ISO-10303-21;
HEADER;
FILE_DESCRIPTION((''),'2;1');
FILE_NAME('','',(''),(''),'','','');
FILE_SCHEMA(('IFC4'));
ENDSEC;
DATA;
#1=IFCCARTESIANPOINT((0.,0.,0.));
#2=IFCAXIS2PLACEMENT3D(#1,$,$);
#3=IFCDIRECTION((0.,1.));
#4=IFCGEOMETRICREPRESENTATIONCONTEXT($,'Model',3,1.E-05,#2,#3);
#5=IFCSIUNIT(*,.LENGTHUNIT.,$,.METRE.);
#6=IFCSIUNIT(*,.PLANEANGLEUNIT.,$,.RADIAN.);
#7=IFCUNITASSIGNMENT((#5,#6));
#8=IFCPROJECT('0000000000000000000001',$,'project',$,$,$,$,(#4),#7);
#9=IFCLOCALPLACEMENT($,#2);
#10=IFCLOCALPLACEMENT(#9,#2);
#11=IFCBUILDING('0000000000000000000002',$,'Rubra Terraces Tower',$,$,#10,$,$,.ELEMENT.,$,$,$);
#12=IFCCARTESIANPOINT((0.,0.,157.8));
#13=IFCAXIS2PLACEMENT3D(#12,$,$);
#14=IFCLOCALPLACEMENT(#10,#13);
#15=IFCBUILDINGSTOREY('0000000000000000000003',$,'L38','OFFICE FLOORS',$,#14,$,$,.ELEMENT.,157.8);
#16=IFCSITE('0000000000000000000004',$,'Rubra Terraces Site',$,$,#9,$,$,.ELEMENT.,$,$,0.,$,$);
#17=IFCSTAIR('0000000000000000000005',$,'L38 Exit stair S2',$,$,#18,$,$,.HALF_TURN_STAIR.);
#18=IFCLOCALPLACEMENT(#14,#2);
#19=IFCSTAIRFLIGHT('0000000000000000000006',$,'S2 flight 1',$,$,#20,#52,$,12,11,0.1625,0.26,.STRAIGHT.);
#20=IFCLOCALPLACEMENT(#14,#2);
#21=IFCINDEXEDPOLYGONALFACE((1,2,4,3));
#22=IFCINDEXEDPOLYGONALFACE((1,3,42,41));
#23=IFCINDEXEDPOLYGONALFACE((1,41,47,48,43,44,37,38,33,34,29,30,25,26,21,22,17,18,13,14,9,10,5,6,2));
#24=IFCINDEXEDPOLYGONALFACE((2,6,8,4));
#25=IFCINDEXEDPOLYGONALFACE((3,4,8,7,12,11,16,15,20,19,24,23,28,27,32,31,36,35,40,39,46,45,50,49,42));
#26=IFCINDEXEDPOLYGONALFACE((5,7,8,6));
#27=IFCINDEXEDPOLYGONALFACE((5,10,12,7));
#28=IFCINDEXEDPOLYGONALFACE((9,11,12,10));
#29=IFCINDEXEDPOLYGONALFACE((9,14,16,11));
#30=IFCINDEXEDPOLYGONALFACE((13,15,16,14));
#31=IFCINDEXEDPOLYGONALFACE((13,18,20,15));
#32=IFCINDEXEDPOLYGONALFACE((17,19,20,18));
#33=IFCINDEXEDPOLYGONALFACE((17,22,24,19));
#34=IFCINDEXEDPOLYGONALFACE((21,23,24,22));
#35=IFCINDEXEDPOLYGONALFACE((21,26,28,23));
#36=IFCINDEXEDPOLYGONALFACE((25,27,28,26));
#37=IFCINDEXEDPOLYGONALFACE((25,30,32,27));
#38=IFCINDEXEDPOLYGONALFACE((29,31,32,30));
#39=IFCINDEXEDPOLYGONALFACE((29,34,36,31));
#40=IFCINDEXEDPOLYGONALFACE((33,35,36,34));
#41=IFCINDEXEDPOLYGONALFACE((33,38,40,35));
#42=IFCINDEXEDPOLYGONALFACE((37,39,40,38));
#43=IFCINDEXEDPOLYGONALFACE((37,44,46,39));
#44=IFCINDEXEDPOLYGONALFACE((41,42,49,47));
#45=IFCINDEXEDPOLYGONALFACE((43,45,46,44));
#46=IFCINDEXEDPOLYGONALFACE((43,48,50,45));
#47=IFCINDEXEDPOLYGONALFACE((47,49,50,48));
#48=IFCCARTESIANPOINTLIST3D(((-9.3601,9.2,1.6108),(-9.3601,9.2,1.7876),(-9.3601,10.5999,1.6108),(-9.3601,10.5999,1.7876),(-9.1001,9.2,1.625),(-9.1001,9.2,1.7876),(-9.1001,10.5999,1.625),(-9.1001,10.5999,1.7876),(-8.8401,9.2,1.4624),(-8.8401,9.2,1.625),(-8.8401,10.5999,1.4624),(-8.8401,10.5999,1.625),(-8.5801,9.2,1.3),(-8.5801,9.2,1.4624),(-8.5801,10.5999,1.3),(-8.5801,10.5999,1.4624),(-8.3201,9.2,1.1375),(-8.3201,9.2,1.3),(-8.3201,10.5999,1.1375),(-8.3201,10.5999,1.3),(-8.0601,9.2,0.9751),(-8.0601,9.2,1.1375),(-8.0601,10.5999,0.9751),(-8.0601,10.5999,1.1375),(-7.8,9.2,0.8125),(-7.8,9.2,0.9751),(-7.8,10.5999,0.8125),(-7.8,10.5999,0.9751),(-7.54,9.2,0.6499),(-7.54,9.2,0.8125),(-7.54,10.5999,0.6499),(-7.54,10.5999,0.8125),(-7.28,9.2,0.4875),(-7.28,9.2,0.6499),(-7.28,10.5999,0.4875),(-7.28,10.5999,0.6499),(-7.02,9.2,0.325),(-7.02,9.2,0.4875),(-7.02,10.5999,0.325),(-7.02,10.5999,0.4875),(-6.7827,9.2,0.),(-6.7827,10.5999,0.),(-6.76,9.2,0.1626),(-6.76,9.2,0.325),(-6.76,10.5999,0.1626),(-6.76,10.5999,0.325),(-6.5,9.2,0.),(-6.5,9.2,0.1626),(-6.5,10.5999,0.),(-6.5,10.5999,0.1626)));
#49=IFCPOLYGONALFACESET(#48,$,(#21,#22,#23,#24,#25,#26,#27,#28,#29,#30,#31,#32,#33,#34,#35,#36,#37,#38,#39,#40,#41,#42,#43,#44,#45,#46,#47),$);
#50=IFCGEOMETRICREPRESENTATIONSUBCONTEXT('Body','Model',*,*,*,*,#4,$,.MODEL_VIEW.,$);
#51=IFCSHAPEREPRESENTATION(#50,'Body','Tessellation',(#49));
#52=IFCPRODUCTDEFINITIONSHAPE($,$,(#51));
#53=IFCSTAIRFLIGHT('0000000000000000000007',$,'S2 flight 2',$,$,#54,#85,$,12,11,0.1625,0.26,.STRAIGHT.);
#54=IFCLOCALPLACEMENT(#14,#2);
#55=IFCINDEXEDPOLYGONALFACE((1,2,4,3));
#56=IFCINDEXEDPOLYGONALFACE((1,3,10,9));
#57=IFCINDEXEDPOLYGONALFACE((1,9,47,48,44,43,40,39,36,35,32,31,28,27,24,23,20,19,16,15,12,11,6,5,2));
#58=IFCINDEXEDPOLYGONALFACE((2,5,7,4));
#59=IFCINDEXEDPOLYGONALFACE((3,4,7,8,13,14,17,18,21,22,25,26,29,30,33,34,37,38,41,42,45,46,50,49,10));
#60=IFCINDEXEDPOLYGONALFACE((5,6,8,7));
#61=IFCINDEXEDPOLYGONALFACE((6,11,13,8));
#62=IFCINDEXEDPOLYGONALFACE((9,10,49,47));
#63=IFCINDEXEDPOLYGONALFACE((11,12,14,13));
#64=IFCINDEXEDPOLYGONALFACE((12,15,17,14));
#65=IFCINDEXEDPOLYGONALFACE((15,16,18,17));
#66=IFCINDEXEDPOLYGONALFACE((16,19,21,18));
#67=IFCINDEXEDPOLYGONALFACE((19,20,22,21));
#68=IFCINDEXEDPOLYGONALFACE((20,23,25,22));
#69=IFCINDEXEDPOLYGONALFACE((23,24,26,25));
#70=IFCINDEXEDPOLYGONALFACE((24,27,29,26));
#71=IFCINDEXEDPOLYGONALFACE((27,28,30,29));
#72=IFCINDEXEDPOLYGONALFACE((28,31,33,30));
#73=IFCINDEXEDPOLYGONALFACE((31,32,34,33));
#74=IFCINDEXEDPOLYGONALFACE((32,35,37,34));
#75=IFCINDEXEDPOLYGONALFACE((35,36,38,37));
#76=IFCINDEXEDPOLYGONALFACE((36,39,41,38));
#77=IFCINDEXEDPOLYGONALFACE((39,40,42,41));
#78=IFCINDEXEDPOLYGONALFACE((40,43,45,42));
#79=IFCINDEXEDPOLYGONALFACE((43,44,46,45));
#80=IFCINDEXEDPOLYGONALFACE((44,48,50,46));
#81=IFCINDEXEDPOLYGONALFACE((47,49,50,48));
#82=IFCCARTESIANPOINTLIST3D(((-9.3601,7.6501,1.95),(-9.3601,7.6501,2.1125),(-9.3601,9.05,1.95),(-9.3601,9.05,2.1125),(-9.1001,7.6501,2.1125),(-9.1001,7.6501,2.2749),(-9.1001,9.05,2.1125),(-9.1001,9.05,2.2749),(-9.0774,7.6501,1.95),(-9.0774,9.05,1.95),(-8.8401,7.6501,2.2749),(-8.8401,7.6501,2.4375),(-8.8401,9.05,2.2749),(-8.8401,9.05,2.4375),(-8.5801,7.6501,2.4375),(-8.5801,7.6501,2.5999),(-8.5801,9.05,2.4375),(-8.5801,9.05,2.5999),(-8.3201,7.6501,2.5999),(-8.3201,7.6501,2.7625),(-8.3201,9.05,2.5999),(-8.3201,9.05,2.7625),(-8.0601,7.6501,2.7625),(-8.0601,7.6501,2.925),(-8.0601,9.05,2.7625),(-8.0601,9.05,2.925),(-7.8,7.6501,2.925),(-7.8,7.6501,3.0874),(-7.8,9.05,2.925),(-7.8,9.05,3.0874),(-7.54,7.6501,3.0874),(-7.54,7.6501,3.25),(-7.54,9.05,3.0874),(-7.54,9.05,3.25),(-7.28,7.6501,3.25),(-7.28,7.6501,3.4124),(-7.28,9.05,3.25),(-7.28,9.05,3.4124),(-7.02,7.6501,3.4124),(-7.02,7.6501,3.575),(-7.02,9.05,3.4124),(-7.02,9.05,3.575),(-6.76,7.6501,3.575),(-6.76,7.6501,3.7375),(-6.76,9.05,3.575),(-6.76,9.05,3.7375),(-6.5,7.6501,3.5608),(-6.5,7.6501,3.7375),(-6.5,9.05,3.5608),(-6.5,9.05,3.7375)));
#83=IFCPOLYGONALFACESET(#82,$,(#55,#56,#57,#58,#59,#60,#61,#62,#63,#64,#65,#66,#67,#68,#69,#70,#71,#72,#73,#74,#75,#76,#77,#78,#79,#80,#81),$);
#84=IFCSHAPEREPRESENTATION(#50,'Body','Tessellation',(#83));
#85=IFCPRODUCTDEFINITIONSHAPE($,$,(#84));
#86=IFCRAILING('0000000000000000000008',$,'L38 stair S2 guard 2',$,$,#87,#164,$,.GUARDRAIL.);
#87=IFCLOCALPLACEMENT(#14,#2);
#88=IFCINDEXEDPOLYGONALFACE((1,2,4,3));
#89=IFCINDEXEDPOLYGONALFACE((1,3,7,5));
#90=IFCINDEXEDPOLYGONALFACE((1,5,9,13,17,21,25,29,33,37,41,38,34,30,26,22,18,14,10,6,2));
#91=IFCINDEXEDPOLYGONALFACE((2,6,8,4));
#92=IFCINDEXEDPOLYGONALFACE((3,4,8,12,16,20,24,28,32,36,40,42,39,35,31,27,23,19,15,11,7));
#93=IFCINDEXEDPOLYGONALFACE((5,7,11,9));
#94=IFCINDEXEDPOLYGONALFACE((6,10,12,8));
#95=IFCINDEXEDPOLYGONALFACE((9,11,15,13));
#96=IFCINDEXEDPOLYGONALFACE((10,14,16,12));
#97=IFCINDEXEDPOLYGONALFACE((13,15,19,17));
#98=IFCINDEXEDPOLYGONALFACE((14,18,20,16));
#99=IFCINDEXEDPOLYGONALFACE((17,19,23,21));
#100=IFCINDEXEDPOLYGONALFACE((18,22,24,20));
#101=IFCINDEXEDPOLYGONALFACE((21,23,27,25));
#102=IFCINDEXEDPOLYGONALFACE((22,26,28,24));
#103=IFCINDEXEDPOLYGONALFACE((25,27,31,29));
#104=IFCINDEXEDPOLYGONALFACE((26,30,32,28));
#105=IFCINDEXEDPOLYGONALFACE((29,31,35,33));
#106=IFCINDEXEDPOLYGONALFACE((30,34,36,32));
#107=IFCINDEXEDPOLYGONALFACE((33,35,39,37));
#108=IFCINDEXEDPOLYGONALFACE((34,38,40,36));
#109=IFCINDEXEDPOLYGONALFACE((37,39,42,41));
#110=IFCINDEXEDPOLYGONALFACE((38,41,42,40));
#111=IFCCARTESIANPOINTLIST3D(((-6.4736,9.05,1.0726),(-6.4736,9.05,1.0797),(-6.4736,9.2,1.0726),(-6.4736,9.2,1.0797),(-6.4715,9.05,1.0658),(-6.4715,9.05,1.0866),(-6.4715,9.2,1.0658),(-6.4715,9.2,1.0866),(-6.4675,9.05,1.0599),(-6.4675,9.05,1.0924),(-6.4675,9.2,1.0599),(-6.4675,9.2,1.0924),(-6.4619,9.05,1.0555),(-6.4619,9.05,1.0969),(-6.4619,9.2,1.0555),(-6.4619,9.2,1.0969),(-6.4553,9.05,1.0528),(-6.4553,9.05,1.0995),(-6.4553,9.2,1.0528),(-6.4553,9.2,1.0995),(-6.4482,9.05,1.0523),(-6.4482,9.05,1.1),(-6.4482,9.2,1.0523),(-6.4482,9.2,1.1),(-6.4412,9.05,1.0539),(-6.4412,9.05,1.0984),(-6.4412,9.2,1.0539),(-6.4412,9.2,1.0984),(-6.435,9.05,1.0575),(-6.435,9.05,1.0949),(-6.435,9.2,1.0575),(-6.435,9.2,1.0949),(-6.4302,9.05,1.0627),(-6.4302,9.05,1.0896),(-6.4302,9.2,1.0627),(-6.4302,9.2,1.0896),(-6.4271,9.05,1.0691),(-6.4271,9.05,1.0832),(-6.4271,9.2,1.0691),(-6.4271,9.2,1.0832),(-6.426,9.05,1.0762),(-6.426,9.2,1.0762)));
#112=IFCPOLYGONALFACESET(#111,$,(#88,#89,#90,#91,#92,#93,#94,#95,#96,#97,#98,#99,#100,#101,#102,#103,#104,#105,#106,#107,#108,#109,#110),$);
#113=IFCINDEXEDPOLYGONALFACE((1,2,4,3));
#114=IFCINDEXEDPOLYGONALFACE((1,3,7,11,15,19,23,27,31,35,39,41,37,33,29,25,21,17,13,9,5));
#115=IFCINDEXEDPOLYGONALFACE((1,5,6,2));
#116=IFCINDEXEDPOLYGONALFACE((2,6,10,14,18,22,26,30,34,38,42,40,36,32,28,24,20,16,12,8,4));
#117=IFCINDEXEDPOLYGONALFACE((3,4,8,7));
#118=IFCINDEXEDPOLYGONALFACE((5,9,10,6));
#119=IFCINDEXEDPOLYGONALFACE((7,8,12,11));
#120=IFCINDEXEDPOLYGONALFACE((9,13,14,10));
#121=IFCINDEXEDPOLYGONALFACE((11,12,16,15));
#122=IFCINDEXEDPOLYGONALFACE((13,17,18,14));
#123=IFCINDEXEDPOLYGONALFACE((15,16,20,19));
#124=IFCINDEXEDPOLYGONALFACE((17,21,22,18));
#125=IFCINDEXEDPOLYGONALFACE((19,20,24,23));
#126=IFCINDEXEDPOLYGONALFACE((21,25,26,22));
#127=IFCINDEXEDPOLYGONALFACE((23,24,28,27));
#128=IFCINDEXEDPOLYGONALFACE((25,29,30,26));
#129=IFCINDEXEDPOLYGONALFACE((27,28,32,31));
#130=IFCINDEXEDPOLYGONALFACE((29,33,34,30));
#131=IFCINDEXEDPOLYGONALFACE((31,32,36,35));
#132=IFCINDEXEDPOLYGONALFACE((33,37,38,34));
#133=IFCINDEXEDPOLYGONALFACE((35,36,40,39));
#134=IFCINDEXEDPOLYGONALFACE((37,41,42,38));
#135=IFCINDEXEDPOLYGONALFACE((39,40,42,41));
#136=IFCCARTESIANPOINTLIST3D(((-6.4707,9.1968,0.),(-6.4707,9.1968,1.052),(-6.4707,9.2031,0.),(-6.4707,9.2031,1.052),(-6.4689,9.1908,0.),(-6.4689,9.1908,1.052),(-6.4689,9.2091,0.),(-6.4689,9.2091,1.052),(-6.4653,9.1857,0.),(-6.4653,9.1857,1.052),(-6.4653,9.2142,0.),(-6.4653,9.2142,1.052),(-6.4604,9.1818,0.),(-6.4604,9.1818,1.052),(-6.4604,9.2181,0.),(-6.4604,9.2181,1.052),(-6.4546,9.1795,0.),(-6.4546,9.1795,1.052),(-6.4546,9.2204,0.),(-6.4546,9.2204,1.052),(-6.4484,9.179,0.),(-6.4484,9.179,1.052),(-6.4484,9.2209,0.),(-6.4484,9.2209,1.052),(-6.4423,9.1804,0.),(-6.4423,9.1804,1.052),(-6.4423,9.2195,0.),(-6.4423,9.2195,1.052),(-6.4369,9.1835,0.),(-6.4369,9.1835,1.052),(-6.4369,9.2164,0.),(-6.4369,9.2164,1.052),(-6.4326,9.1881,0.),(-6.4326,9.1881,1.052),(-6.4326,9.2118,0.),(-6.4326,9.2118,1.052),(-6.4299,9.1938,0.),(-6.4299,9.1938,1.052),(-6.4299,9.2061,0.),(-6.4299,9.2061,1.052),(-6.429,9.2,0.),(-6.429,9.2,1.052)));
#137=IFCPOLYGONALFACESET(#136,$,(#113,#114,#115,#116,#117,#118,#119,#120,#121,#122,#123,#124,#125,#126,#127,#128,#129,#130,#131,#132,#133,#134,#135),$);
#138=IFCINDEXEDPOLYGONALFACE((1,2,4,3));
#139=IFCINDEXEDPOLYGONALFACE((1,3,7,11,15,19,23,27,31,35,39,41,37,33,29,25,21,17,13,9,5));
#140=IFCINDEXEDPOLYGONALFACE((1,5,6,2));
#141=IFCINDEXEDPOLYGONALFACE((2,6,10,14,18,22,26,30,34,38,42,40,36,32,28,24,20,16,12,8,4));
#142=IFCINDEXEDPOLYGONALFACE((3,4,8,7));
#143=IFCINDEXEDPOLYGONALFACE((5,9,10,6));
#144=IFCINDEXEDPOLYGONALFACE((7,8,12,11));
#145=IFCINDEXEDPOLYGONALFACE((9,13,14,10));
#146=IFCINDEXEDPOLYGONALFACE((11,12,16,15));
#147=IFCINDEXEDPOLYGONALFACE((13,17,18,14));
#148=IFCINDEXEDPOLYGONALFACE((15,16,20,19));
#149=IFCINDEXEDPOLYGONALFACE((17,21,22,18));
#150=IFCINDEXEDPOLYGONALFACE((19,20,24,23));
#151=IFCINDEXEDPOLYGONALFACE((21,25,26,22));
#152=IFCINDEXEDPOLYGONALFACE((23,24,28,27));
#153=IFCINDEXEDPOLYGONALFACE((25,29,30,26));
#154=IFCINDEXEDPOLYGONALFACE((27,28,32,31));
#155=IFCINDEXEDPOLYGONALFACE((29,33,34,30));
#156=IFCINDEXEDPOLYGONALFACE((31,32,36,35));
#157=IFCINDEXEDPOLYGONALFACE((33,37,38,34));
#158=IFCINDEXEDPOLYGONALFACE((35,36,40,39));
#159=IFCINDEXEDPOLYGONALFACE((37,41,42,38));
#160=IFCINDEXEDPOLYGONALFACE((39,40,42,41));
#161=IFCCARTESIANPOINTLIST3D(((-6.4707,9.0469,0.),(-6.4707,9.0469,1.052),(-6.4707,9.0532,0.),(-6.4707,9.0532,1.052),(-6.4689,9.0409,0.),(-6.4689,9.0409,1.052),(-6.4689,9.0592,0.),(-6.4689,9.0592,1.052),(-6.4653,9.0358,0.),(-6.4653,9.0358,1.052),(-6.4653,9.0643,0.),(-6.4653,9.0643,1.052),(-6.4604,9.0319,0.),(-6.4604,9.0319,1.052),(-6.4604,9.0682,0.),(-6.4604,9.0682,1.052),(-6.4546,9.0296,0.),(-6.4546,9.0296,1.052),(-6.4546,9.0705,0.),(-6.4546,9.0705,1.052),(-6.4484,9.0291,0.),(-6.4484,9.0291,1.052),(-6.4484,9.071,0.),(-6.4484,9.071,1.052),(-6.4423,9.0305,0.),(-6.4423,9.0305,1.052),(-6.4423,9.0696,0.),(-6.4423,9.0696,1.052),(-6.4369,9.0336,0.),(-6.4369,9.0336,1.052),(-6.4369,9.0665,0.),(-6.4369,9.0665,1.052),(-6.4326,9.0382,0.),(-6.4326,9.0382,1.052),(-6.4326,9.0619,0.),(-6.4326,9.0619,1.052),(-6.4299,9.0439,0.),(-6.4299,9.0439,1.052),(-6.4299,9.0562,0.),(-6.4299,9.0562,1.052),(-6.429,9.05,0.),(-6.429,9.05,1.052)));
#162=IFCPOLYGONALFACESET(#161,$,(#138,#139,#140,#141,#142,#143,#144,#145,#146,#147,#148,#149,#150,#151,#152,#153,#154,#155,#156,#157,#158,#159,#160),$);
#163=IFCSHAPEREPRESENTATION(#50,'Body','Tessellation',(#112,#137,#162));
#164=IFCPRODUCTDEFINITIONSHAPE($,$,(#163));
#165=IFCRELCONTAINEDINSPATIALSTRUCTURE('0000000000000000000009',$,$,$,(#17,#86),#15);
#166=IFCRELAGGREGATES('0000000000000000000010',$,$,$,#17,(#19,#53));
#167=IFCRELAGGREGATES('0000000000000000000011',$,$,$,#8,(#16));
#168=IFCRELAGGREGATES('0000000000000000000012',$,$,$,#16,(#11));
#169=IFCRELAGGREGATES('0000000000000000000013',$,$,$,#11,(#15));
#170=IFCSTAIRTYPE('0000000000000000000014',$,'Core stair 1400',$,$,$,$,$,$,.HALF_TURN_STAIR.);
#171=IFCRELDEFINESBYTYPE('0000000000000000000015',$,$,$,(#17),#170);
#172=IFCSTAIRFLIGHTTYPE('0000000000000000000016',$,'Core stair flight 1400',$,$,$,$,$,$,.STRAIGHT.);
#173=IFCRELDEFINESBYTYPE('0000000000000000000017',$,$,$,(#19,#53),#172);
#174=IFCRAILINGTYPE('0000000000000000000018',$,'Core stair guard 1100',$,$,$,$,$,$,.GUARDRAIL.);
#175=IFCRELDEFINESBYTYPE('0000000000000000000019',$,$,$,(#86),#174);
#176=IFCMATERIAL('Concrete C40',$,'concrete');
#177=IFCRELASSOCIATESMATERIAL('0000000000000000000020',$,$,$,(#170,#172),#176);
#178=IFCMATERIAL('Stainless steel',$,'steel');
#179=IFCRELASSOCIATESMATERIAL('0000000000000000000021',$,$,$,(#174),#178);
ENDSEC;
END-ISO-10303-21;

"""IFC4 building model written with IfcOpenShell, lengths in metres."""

from ifc_helpers import new_model, si_unit, direction, frame, origin, origin_2d, place, context, subcontext, project, spatial, polyline, circle, outline, extrude, material, type_object, element, aggregate, save


model = new_model("IFC4")

# Units and contexts
model_context = context("Model", 3, precision=1e-05, world=origin(), true_north=direction((0.0, 1.0)))
body_context = subcontext(model_context, "Body", "Model", "MODEL_VIEW")
ifc_project = project(units=[si_unit("LENGTHUNIT", "METRE"), si_unit("PLANEANGLEUNIT", "RADIAN")], contexts=[model_context])

# Site, building, storey
site_placement = place(None, origin())
site = spatial("IfcSite", under=ifc_project, at=site_placement, Name="Rubra Terraces Site", CompositionType="ELEMENT", RefElevation=0.0)
building_placement = place(site_placement, origin())
building = spatial("IfcBuilding", under=site, at=building_placement, Name="Rubra Terraces Tower", CompositionType="ELEMENT")
storey_placement = place(building_placement, frame((0.0, 0.0, 157.8)))
storey = spatial("IfcBuildingStorey", under=building, at=storey_placement, Name="L38", Description="OFFICE FLOORS", CompositionType="ELEMENT", Elevation=157.8)

# Shared definitions
ifc_material_1 = material(Name="Concrete C40", Category="concrete")

# Stair, stair flights
stair_type = type_object("IfcStairType", Name="Core stair 1400", PredefinedType="HALF_TURN_STAIR", material=ifc_material_1)
stair_placement = place(storey_placement, origin())
stair = element("IfcStair", 1, at=stair_placement, inside=storey, type_object=stair_type, Name="L38 Exit stair S2", PredefinedType="HALF_TURN_STAIR")
stair_flight_type = type_object("IfcStairFlightType", Name="Core stair flight 1400", PredefinedType="STRAIGHT", material=ifc_material_1)
stair_flight_1_placement = place(storey_placement, frame((-6.5, 9.8999, 0.0), z_axis=(0.0, 0.0, 1.0), x_axis=(-1.0, 0.0, 0.0)))
stair_flight_1 = element("IfcStairFlight", 2, at=stair_flight_1_placement, type_object=stair_flight_type, Name="S2 flight 1", NumberOfRisers=12, NumberOfTreads=11, PredefinedType="STRAIGHT", RiserHeight=0.1625, TreadLength=0.26, context=body_context, shape_type="SweptSolid", body=[
    extrude(outline(polyline([(0.0, 0.0), (0.0, 0.1626), (0.26, 0.1626), (0.26, 0.325), (0.52, 0.325), (0.52, 0.4875), (0.78, 0.4875), (0.78, 0.6499), (1.04, 0.6499), (1.04, 0.8125), (1.3, 0.8125), (1.3, 0.9751), (1.5601, 0.9751), (1.5601, 1.1375), (1.8201, 1.1375), (1.8201, 1.3), (2.0801, 1.3), (2.0801, 1.4624), (2.3401, 1.4624), (2.3401, 1.625), (2.6001, 1.625), (2.6001, 1.7876), (2.8601, 1.7876), (2.8601, 1.95), (2.8601, 1.6108), (0.2827, 0.0), (0.0, 0.0)])), frame((0.0, 0.7, 0.0), z_axis=(0.0, -1.0, 0.0), x_axis=(1.0, 0.0, 0.0)), (0.0, 0.0, 1.0), 1.3999),
])
stair_flight_2_placement = place(storey_placement, frame((-9.3601, 8.3501, 1.95), z_axis=(0.0, 0.0, 1.0), x_axis=(1.0, 0.0, 0.0)))
stair_flight_2 = element("IfcStairFlight", 3, at=stair_flight_2_placement, type_object=stair_flight_type, Name="S2 flight 2", NumberOfRisers=12, NumberOfTreads=11, PredefinedType="STRAIGHT", RiserHeight=0.1625, TreadLength=0.26, context=body_context, shape_type="SweptSolid", body=[
    extrude(outline(polyline([(0.0, 0.0), (0.0, 0.1626), (0.26, 0.1626), (0.26, 0.325), (0.52, 0.325), (0.52, 0.4875), (0.78, 0.4875), (0.78, 0.6499), (1.04, 0.6499), (1.04, 0.8125), (1.3, 0.8125), (1.3, 0.9751), (1.5601, 0.9751), (1.5601, 1.1375), (1.8201, 1.1375), (1.8201, 1.3), (2.0801, 1.3), (2.0801, 1.4624), (2.3401, 1.4624), (2.3401, 1.625), (2.6001, 1.625), (2.6001, 1.7876), (2.8601, 1.7876), (2.8601, 1.95), (2.8601, 1.6108), (0.2827, 0.0), (0.0, 0.0)])), frame((0.0, 0.7, 0.0), z_axis=(0.0, -1.0, 0.0), x_axis=(1.0, 0.0, 0.0)), (0.0, 0.0, 1.0), 1.3999),
])
aggregate(stair, [stair_flight_1, stair_flight_2])

# Railing
ifc_material_2 = material(Name="Stainless steel", Category="steel")
railing_type_1 = type_object("IfcRailingType", Name="Core stair guard 1100", PredefinedType="GUARDRAIL", material=ifc_material_2)
railing_1_placement = place(storey_placement, frame((-6.45, 9.2, 0.0)))
element("IfcRailing", 4, at=railing_1_placement, inside=storey, type_object=railing_type_1, Name="L38 stair S2 guard 2", PredefinedType="GUARDRAIL", context=body_context, shape_type="SweptSolid", body=[
    extrude(circle(Radius=0.0239, at=origin_2d()), frame((0.0, 0.0, 1.0762), z_axis=(0.0, -1.0, 0.0), x_axis=(1.0, 0.0, 0.0)), (0.0, 0.0, 1.0), 0.1499),
    extrude(circle(Radius=0.021, at=origin_2d()), origin(), (0.0, 0.0, 1.0), 1.052),
    extrude(circle(Radius=0.021, at=origin_2d()), frame((0.0, -0.1499, 0.0)), (0.0, 0.0, 1.0), 1.052),
])

save(model, "model.ifc")
